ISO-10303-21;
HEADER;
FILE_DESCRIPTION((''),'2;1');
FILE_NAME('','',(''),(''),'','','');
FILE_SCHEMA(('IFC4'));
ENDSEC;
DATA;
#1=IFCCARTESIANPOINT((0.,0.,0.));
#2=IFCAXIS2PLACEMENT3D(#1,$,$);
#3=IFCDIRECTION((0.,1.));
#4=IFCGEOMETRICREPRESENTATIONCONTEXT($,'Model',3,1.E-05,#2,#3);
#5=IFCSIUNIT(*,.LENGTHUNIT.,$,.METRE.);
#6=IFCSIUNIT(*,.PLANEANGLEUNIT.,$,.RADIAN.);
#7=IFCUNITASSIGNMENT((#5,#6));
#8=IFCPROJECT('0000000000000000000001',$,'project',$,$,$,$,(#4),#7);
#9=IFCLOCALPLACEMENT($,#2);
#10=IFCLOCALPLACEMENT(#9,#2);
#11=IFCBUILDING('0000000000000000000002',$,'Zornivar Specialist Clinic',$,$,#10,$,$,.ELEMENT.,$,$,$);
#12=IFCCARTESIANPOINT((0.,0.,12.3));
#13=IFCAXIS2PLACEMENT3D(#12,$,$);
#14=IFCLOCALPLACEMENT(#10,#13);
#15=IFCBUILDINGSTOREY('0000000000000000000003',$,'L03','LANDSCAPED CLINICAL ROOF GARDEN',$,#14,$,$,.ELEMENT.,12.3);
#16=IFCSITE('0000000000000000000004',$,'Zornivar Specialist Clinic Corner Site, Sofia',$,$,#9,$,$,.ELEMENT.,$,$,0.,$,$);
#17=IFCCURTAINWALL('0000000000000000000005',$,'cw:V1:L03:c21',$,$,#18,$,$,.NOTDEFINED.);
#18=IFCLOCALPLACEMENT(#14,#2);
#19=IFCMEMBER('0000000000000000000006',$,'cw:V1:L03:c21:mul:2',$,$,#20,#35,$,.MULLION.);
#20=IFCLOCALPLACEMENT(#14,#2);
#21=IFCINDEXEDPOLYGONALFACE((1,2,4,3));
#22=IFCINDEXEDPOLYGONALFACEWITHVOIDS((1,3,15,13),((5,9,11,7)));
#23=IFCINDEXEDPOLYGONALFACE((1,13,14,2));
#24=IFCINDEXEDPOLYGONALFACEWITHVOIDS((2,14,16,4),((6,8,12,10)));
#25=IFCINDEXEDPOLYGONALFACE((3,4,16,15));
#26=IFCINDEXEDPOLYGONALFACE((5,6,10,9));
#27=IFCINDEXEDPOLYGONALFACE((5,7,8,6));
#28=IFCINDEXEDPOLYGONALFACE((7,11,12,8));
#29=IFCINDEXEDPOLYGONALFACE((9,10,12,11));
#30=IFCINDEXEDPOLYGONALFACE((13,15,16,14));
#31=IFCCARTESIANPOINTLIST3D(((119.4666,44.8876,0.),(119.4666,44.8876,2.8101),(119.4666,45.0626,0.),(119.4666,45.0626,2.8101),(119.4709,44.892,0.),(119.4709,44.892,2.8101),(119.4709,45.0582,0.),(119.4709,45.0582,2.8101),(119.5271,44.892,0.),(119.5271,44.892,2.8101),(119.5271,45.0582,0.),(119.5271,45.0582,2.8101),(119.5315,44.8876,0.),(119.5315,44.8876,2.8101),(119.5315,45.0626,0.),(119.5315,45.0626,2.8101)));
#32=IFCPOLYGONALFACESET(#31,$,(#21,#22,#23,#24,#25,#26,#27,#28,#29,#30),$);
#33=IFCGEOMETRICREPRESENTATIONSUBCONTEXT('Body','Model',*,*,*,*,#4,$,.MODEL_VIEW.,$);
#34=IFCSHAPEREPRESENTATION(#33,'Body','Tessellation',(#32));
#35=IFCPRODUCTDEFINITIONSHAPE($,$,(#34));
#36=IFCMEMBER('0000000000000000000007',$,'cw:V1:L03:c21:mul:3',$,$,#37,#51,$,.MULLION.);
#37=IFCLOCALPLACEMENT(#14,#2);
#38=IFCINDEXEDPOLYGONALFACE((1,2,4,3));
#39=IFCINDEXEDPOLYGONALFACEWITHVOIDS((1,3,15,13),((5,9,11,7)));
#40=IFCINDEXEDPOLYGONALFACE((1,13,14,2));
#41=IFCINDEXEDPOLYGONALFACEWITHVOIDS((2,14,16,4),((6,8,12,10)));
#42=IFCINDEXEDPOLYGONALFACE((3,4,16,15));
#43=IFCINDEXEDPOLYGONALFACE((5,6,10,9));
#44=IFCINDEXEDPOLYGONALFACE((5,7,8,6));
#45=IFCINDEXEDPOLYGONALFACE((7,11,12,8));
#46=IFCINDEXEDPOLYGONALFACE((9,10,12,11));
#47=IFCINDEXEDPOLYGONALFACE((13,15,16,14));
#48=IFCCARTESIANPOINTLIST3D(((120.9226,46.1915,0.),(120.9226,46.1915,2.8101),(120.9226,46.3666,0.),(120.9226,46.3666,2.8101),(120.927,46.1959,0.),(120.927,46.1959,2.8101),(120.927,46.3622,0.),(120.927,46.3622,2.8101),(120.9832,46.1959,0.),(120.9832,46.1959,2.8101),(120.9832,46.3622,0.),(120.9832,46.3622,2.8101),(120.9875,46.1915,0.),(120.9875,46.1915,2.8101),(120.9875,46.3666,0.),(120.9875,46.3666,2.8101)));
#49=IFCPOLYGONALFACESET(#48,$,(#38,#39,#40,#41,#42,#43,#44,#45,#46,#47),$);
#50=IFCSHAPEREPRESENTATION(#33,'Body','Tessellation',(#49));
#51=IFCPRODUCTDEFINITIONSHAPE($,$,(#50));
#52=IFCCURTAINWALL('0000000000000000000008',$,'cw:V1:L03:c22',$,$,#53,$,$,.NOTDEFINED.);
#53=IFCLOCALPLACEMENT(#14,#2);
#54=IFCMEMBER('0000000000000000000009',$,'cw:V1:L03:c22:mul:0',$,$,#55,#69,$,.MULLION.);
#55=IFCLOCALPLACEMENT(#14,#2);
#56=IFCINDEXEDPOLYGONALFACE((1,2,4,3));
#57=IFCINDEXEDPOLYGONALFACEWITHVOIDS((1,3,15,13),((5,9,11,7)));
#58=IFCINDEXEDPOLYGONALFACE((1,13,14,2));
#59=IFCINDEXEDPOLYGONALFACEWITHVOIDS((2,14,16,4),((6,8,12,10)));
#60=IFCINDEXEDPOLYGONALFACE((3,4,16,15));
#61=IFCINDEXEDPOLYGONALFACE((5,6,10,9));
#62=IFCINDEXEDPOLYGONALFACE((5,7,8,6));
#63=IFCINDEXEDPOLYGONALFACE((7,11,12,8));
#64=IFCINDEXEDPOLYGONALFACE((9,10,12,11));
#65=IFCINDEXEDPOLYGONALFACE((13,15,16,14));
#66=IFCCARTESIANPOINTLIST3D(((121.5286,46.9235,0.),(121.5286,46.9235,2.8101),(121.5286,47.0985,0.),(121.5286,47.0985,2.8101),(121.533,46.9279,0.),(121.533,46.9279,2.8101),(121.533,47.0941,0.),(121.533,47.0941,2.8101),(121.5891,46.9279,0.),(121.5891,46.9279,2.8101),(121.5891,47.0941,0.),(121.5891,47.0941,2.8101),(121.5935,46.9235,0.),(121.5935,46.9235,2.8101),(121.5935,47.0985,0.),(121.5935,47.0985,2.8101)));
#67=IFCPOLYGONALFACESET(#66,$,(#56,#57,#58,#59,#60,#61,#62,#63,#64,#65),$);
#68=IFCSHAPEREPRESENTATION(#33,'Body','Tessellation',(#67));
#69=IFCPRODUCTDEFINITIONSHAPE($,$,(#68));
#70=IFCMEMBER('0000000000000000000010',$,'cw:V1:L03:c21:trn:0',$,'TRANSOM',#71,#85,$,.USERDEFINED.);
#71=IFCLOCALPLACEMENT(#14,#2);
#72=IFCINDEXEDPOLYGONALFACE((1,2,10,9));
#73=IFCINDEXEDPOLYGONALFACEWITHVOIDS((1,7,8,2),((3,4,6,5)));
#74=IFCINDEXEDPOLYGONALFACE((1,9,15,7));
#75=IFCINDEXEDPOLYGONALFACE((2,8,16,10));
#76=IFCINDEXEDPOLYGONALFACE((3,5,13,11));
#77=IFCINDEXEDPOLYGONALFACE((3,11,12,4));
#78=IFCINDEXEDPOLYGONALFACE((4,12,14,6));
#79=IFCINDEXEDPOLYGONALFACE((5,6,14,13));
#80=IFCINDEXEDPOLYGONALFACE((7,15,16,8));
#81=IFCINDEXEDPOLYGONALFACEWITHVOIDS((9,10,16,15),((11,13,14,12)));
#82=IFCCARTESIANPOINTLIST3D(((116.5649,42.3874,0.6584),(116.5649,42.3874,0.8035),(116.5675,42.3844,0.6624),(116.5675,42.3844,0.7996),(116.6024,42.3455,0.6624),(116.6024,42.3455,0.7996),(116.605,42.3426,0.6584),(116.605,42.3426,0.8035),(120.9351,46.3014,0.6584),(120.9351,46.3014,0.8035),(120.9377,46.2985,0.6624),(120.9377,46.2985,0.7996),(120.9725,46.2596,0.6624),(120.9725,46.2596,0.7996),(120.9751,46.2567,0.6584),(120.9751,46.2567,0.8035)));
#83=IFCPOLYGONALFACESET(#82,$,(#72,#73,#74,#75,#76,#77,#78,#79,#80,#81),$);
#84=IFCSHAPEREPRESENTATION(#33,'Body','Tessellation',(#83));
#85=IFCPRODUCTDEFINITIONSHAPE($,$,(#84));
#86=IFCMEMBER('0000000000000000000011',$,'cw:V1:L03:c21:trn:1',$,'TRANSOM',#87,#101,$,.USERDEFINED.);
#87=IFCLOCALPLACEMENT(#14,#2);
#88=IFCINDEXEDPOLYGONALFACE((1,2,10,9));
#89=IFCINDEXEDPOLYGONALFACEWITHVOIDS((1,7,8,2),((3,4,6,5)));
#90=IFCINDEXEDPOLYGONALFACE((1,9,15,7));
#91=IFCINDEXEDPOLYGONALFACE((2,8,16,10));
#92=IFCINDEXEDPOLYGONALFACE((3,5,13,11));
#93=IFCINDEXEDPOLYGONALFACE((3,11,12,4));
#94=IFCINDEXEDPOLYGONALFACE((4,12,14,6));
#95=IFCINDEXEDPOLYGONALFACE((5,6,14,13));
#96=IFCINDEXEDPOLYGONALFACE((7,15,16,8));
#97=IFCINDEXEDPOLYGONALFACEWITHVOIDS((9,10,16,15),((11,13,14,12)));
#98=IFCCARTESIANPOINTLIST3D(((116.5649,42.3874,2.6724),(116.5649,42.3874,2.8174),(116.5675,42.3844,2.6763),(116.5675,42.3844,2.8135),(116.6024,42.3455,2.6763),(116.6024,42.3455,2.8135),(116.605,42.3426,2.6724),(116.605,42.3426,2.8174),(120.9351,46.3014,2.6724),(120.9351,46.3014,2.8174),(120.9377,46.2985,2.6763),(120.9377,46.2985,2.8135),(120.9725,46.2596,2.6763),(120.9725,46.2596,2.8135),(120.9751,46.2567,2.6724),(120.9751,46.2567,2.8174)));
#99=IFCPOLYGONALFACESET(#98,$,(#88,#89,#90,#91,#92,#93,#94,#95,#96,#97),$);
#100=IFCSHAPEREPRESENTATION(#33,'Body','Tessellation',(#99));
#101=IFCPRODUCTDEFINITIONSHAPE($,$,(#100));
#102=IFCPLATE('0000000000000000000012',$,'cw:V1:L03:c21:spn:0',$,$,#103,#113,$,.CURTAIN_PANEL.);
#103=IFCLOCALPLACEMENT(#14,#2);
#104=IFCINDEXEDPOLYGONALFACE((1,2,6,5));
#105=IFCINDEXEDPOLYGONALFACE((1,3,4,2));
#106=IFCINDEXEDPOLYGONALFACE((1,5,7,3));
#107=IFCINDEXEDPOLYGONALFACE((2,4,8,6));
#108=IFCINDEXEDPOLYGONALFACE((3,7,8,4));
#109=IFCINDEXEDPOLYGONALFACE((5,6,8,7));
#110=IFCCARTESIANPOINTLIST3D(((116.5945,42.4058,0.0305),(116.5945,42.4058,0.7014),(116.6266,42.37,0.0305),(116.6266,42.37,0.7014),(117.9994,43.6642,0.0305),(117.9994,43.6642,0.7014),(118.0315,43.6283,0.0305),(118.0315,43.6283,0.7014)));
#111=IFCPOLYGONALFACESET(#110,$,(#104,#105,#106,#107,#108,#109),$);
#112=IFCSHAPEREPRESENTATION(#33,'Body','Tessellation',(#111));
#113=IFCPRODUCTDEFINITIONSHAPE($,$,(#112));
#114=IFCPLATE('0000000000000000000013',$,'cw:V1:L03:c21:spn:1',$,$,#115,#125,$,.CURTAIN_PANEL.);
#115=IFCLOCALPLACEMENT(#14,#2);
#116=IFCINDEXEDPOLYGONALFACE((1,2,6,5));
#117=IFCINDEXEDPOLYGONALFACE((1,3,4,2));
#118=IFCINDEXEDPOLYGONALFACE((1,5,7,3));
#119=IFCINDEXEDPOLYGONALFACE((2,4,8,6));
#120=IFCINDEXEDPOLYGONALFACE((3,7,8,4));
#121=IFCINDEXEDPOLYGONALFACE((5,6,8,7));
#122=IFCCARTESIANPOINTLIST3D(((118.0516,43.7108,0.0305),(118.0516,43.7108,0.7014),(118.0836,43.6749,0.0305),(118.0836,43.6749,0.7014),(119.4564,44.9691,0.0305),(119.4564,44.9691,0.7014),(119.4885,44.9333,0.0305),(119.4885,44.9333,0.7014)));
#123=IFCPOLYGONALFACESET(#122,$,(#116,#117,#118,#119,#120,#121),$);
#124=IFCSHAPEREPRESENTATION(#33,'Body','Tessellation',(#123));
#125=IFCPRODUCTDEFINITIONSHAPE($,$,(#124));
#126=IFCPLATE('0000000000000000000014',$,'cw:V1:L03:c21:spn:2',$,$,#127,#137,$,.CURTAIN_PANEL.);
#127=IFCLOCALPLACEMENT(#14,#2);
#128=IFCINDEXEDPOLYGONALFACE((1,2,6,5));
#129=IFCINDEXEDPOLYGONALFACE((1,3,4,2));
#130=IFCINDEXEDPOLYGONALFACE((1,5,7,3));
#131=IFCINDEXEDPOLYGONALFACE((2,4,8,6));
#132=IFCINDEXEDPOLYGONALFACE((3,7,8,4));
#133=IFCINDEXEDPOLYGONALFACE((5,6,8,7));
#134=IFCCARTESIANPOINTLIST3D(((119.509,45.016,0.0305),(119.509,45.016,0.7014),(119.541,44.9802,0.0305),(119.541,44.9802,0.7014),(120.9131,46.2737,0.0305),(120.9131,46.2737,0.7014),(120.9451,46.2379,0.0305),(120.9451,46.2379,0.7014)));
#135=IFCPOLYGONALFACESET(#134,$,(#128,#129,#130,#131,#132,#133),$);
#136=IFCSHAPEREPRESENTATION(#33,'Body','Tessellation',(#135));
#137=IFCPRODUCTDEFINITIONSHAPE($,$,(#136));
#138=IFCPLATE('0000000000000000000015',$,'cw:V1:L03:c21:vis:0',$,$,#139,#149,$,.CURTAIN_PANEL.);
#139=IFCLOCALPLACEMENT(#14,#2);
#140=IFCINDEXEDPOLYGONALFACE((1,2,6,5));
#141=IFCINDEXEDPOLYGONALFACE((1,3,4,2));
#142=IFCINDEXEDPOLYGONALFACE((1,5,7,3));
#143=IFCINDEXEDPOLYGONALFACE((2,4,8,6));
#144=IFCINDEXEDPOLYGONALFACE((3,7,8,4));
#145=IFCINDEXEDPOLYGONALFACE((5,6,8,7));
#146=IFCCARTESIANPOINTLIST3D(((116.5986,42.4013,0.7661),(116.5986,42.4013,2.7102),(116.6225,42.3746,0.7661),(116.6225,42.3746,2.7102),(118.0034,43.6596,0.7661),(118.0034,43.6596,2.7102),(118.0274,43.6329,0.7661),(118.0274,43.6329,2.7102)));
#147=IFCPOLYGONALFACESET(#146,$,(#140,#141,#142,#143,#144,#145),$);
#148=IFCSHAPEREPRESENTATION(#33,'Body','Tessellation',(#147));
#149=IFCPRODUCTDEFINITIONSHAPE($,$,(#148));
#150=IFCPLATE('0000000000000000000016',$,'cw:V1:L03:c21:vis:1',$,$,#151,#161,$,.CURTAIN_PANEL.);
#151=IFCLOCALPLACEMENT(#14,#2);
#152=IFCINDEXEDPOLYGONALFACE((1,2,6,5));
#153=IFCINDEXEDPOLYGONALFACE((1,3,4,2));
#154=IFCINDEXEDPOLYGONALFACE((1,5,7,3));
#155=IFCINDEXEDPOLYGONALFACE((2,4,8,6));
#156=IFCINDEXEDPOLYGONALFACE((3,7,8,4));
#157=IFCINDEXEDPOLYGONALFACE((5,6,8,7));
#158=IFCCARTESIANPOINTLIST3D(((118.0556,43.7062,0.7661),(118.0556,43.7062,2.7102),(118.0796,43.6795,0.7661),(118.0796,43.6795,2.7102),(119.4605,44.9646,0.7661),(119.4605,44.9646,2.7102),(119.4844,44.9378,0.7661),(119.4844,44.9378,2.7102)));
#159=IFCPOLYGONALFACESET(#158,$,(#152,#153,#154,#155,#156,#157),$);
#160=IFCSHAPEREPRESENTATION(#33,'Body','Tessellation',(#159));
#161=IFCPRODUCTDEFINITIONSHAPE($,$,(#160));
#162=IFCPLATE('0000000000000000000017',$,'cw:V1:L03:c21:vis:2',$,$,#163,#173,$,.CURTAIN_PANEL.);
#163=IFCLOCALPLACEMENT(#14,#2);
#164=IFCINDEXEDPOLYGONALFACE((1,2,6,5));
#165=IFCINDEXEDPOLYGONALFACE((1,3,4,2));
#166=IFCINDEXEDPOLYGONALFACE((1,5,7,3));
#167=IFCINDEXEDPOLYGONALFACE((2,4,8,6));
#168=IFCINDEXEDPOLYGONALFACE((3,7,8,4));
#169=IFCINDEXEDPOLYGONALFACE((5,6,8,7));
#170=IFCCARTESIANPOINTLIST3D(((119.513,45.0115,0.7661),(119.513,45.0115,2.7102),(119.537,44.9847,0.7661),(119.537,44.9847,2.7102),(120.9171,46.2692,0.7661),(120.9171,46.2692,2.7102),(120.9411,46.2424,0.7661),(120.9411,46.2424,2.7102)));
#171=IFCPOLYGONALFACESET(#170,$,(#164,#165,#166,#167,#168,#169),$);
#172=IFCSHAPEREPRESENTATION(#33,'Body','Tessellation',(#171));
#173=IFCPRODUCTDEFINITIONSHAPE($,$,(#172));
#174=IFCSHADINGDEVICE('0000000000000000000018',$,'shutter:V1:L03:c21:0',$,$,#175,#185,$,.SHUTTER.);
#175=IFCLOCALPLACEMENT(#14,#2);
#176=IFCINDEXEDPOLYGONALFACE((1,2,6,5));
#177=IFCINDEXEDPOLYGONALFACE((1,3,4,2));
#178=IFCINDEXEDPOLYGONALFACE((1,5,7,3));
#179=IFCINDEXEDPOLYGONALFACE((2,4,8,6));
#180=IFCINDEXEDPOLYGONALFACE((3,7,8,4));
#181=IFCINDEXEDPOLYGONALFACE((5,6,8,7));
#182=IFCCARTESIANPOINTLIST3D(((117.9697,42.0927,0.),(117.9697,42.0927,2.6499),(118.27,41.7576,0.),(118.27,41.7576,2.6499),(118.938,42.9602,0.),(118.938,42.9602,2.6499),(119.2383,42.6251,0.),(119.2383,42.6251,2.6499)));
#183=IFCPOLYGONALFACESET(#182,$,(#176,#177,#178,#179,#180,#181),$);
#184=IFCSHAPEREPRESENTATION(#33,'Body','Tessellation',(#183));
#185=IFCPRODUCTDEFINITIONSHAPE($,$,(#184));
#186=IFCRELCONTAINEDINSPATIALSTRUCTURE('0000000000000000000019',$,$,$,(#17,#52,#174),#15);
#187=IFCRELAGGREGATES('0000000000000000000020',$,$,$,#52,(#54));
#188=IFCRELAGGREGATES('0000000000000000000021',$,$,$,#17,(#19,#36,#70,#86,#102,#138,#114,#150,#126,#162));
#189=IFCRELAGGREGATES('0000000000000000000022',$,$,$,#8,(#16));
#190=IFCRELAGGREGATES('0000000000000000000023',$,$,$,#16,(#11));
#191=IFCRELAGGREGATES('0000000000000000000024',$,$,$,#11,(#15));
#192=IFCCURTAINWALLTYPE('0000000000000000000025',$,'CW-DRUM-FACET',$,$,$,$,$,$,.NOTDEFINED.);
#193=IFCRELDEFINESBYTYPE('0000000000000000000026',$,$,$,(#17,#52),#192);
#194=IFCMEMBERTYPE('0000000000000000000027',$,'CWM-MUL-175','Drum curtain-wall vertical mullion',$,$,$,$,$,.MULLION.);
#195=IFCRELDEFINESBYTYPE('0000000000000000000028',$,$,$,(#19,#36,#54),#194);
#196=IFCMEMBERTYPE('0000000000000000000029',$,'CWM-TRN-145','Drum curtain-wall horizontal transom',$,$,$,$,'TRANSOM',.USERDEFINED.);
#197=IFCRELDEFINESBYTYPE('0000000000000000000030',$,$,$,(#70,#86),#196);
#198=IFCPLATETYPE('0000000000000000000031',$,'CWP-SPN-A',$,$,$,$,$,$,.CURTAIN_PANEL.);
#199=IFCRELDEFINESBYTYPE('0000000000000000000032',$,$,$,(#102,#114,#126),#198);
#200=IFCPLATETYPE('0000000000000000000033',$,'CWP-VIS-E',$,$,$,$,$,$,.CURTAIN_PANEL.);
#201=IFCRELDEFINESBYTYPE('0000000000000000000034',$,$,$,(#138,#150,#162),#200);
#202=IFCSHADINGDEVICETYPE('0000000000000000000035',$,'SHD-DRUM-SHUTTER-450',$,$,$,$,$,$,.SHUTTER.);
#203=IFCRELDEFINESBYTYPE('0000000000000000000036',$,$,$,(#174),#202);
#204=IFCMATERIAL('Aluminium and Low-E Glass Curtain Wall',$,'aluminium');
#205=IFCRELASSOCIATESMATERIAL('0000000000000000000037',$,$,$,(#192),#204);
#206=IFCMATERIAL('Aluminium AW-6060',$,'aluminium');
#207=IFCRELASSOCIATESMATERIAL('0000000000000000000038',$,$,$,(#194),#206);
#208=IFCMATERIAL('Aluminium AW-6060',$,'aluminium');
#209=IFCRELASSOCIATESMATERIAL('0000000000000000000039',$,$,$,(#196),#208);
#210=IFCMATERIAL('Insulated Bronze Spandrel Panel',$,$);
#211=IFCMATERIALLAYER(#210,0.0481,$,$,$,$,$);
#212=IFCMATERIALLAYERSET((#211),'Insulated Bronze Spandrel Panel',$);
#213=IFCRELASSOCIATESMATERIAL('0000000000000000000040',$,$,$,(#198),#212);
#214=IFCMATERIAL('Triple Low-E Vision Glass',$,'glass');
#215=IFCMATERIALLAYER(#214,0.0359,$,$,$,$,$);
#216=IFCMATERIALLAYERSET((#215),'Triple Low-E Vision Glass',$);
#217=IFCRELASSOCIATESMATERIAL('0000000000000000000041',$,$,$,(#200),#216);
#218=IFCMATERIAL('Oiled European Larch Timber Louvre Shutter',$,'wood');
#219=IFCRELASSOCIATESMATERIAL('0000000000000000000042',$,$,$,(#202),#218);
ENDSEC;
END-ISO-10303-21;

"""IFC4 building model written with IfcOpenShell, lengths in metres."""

from ifc_helpers import new_model, si_unit, direction, frame, origin, origin_2d, place, context, subcontext, project, spatial, rectangle, hollow_rectangle, extrude, material, layer, layer_set, material_profile, profile_set, type_object, element, aggregate, save


model = new_model("IFC4")

# Units and contexts
model_context = context("Model", 3, precision=1e-05, world=origin(), true_north=direction((0.0, 1.0)))
body_context = subcontext(model_context, "Body", "Model", "MODEL_VIEW")
ifc_project = project(units=[si_unit("LENGTHUNIT", "METRE"), si_unit("PLANEANGLEUNIT", "RADIAN")], contexts=[model_context])

# Site, building, storey
site_placement = place(None, origin())
site = spatial("IfcSite", under=ifc_project, at=site_placement, Name="Zornivar Specialist Clinic Corner Site, Sofia", CompositionType="ELEMENT", RefElevation=0.0)
building_placement = place(site_placement, origin())
building = spatial("IfcBuilding", under=site, at=building_placement, Name="Zornivar Specialist Clinic", CompositionType="ELEMENT")
storey_placement = place(building_placement, frame((0.0, 0.0, 12.3)))
storey = spatial("IfcBuildingStorey", under=building, at=storey_placement, Name="L03", Description="LANDSCAPED CLINICAL ROOF GARDEN", CompositionType="ELEMENT", Elevation=12.3)

# Curtain wall, members
ifc_material_1 = material(Name="Aluminium and Low-E Glass Curtain Wall", Category="aluminium")
curtain_wall_type = type_object("IfcCurtainWallType", Name="CW-DRUM-FACET", PredefinedType="NOTDEFINED", material=ifc_material_1)
curtain_wall_1_placement = place(storey_placement, origin())
curtain_wall_1 = element("IfcCurtainWall", 1, at=curtain_wall_1_placement, inside=storey, type_object=curtain_wall_type, Name="cw:V1:L03:c21", PredefinedType="NOTDEFINED")
ifc_material_2 = material(Name="Aluminium AW-6060", Category="aluminium")
ifc_material_profile_1 = material_profile(ifc_material_2, hollow_rectangle(XDim=0.0649, YDim=0.175, WallThickness=0.0044, at=origin_2d()), Name="ALU 65x175x4.5")
ifc_profile_set_1 = profile_set([ifc_material_profile_1], Name="Aluminium AW-6060")
member_type_1 = type_object("IfcMemberType", Name="CWM-MUL-175", Description="Drum curtain-wall vertical mullion", PredefinedType="MULLION", material=ifc_profile_set_1)
member_1_placement = place(storey_placement, frame((119.499, 44.9751, 0.0), z_axis=(0.0, 0.0, 1.0), x_axis=(1.0, 0.0, 0.0)))
member_1 = element("IfcMember", 2, at=member_1_placement, type_object=member_type_1, Name="cw:V1:L03:c21:mul:2", PredefinedType="MULLION", context=body_context, shape_type="SweptSolid", body=[
    extrude(hollow_rectangle(XDim=0.0649, YDim=0.175, WallThickness=0.0044, at=origin_2d()), origin(), (0.0, 0.0, 1.0), 2.8101),
])
member_2_placement = place(storey_placement, frame((120.9551, 46.2791, 0.0), z_axis=(0.0, 0.0, 1.0), x_axis=(1.0, 0.0, 0.0)))
member_2 = element("IfcMember", 3, at=member_2_placement, type_object=member_type_1, Name="cw:V1:L03:c21:mul:3", PredefinedType="MULLION", context=body_context, shape_type="SweptSolid", body=[
    extrude(hollow_rectangle(XDim=0.0649, YDim=0.175, WallThickness=0.0044, at=origin_2d()), origin(), (0.0, 0.0, 1.0), 2.8101),
])

# Curtain wall, member
curtain_wall_2_placement = place(storey_placement, origin())
curtain_wall_2 = element("IfcCurtainWall", 4, at=curtain_wall_2_placement, inside=storey, type_object=curtain_wall_type, Name="cw:V1:L03:c22", PredefinedType="NOTDEFINED")
member_3_placement = place(storey_placement, frame((121.561, 47.011, 0.0), z_axis=(0.0, 0.0, 1.0), x_axis=(1.0, 0.0, 0.0)))
member_3 = element("IfcMember", 5, at=member_3_placement, type_object=member_type_1, Name="cw:V1:L03:c22:mul:0", PredefinedType="MULLION", context=body_context, shape_type="SweptSolid", body=[
    extrude(hollow_rectangle(XDim=0.0649, YDim=0.175, WallThickness=0.0044, at=origin_2d()), origin(), (0.0, 0.0, 1.0), 2.8101),
])
aggregate(curtain_wall_2, [member_3])

# Members
ifc_material_3 = material(Name="Aluminium AW-6060", Category="aluminium")
ifc_material_profile_2 = material_profile(ifc_material_3, hollow_rectangle(XDim=0.0601, YDim=0.145, WallThickness=0.0039, at=origin_2d()), Name="ALU 60x145x4")
ifc_profile_set_2 = profile_set([ifc_material_profile_2], Name="Aluminium AW-6060")
member_type_2 = type_object("IfcMemberType", Name="CWM-TRN-145", Description="Drum curtain-wall horizontal transom", ElementType="TRANSOM", PredefinedType="USERDEFINED", material=ifc_profile_set_2)
member_4_placement = place(storey_placement, frame((116.585, 42.365, 0.731), z_axis=(0.744906, 0.667169, 0.0), x_axis=(-0.667169, 0.744906, 0.0)))
member_4 = element("IfcMember", 6, at=member_4_placement, type_object=member_type_2, Name="cw:V1:L03:c21:trn:0", ObjectType="TRANSOM", PredefinedType="USERDEFINED", context=body_context, shape_type="SweptSolid", body=[
    extrude(hollow_rectangle(XDim=0.0601, YDim=0.145, WallThickness=0.0039, at=origin_2d()), origin(), (0.0, 0.0, 1.0), 5.8667),
])
member_5_placement = place(storey_placement, frame((116.585, 42.365, 2.7449), z_axis=(0.744906, 0.667169, 0.0), x_axis=(-0.667169, 0.744906, 0.0)))
member_5 = element("IfcMember", 7, at=member_5_placement, type_object=member_type_2, Name="cw:V1:L03:c21:trn:1", ObjectType="TRANSOM", PredefinedType="USERDEFINED", context=body_context, shape_type="SweptSolid", body=[
    extrude(hollow_rectangle(XDim=0.0601, YDim=0.145, WallThickness=0.0039, at=origin_2d()), origin(), (0.0, 0.0, 1.0), 5.8667),
])

# Plates
ifc_material_4 = material(Name="Insulated Bronze Spandrel Panel")
ifc_layer_1 = layer(ifc_material_4, 0.0481)
ifc_layer_set_1 = layer_set([ifc_layer_1], Name="Insulated Bronze Spandrel Panel")
plate_type_1 = type_object("IfcPlateType", Name="CWP-SPN-A", PredefinedType="CURTAIN_PANEL", material=ifc_layer_set_1)
plate_1_placement = place(storey_placement, frame((117.313, 43.0171, 0.0305), z_axis=(0.0, 0.0, 1.0), x_axis=(0.744881, 0.667198, 0.0)))
plate_1 = element("IfcPlate", 8, at=plate_1_placement, type_object=plate_type_1, Name="cw:V1:L03:c21:spn:0", PredefinedType="CURTAIN_PANEL", context=body_context, shape_type="SweptSolid", body=[
    extrude(rectangle(XDim=1.886, YDim=0.0481, at=origin_2d()), origin(), (0.0, 0.0, 1.0), 0.6709),
])
plate_2_placement = place(storey_placement, frame((118.77, 44.322, 0.0305), z_axis=(0.0, 0.0, 1.0), x_axis=(0.744881, 0.667198, 0.0)))
plate_2 = element("IfcPlate", 9, at=plate_2_placement, type_object=plate_type_1, Name="cw:V1:L03:c21:spn:1", PredefinedType="CURTAIN_PANEL", context=body_context, shape_type="SweptSolid", body=[
    extrude(rectangle(XDim=1.886, YDim=0.0481, at=origin_2d()), origin(), (0.0, 0.0, 1.0), 0.6709),
])
plate_3_placement = place(storey_placement, frame((120.2271, 45.627, 0.0305), z_axis=(0.0, 0.0, 1.0), x_axis=(0.744881, 0.667198, 0.0)))
plate_3 = element("IfcPlate", 10, at=plate_3_placement, type_object=plate_type_1, Name="cw:V1:L03:c21:spn:2", PredefinedType="CURTAIN_PANEL", context=body_context, shape_type="SweptSolid", body=[
    extrude(rectangle(XDim=1.885, YDim=0.0481, at=origin_2d()), origin(), (0.0, 0.0, 1.0), 0.6709),
])
ifc_material_5 = material(Name="Triple Low-E Vision Glass", Category="glass")
ifc_layer_2 = layer(ifc_material_5, 0.0359)
ifc_layer_set_2 = layer_set([ifc_layer_2], Name="Triple Low-E Vision Glass")
plate_type_2 = type_object("IfcPlateType", Name="CWP-VIS-E", PredefinedType="CURTAIN_PANEL", material=ifc_layer_set_2)
plate_4_placement = place(storey_placement, frame((117.313, 43.0171, 0.7661), z_axis=(0.0, 0.0, 1.0), x_axis=(0.744881, 0.667198, 0.0)))
plate_4 = element("IfcPlate", 11, at=plate_4_placement, type_object=plate_type_2, Name="cw:V1:L03:c21:vis:0", PredefinedType="CURTAIN_PANEL", context=body_context, shape_type="SweptSolid", body=[
    extrude(rectangle(XDim=1.886, YDim=0.0359, at=origin_2d()), origin(), (0.0, 0.0, 1.0), 1.9441),
])
plate_5_placement = place(storey_placement, frame((118.77, 44.322, 0.7661), z_axis=(0.0, 0.0, 1.0), x_axis=(0.744881, 0.667198, 0.0)))
plate_5 = element("IfcPlate", 12, at=plate_5_placement, type_object=plate_type_2, Name="cw:V1:L03:c21:vis:1", PredefinedType="CURTAIN_PANEL", context=body_context, shape_type="SweptSolid", body=[
    extrude(rectangle(XDim=1.886, YDim=0.0359, at=origin_2d()), origin(), (0.0, 0.0, 1.0), 1.9441),
])
plate_6_placement = place(storey_placement, frame((120.2271, 45.627, 0.7661), z_axis=(0.0, 0.0, 1.0), x_axis=(0.744881, 0.667198, 0.0)))
plate_6 = element("IfcPlate", 13, at=plate_6_placement, type_object=plate_type_2, Name="cw:V1:L03:c21:vis:2", PredefinedType="CURTAIN_PANEL", context=body_context, shape_type="SweptSolid", body=[
    extrude(rectangle(XDim=1.885, YDim=0.0359, at=origin_2d()), origin(), (0.0, 0.0, 1.0), 1.9441),
])
aggregate(curtain_wall_1, [member_1, member_2, member_4, member_5, plate_1, plate_4, plate_2, plate_5, plate_3, plate_6])

# Shading device
ifc_material_6 = material(Name="Oiled European Larch Timber Louvre Shutter", Category="wood")
shading_device_type = type_object("IfcShadingDeviceType", Name="SHD-DRUM-SHUTTER-450", PredefinedType="SHUTTER", material=ifc_material_6)
for number, where, z_axis, x_axis, name in (
    (14, (118.604, 42.3589, 0.0), (0.0, 0.0, 1.0), (0.744797, 0.667291, 0.0), "shutter:V1:L03:c21:0"),
):
    element("IfcShadingDevice", number, at=place(storey_placement, frame(where, z_axis=z_axis, x_axis=x_axis)), inside=storey, type_object=shading_device_type, Name=name, PredefinedType="SHUTTER", context=body_context, shape_type="SweptSolid", body=[
        extrude(rectangle(XDim=1.3, YDim=0.45, at=origin_2d()), origin(), (0.0, 0.0, 1.0), 2.6499),
    ])

save(model, "model.ifc")
